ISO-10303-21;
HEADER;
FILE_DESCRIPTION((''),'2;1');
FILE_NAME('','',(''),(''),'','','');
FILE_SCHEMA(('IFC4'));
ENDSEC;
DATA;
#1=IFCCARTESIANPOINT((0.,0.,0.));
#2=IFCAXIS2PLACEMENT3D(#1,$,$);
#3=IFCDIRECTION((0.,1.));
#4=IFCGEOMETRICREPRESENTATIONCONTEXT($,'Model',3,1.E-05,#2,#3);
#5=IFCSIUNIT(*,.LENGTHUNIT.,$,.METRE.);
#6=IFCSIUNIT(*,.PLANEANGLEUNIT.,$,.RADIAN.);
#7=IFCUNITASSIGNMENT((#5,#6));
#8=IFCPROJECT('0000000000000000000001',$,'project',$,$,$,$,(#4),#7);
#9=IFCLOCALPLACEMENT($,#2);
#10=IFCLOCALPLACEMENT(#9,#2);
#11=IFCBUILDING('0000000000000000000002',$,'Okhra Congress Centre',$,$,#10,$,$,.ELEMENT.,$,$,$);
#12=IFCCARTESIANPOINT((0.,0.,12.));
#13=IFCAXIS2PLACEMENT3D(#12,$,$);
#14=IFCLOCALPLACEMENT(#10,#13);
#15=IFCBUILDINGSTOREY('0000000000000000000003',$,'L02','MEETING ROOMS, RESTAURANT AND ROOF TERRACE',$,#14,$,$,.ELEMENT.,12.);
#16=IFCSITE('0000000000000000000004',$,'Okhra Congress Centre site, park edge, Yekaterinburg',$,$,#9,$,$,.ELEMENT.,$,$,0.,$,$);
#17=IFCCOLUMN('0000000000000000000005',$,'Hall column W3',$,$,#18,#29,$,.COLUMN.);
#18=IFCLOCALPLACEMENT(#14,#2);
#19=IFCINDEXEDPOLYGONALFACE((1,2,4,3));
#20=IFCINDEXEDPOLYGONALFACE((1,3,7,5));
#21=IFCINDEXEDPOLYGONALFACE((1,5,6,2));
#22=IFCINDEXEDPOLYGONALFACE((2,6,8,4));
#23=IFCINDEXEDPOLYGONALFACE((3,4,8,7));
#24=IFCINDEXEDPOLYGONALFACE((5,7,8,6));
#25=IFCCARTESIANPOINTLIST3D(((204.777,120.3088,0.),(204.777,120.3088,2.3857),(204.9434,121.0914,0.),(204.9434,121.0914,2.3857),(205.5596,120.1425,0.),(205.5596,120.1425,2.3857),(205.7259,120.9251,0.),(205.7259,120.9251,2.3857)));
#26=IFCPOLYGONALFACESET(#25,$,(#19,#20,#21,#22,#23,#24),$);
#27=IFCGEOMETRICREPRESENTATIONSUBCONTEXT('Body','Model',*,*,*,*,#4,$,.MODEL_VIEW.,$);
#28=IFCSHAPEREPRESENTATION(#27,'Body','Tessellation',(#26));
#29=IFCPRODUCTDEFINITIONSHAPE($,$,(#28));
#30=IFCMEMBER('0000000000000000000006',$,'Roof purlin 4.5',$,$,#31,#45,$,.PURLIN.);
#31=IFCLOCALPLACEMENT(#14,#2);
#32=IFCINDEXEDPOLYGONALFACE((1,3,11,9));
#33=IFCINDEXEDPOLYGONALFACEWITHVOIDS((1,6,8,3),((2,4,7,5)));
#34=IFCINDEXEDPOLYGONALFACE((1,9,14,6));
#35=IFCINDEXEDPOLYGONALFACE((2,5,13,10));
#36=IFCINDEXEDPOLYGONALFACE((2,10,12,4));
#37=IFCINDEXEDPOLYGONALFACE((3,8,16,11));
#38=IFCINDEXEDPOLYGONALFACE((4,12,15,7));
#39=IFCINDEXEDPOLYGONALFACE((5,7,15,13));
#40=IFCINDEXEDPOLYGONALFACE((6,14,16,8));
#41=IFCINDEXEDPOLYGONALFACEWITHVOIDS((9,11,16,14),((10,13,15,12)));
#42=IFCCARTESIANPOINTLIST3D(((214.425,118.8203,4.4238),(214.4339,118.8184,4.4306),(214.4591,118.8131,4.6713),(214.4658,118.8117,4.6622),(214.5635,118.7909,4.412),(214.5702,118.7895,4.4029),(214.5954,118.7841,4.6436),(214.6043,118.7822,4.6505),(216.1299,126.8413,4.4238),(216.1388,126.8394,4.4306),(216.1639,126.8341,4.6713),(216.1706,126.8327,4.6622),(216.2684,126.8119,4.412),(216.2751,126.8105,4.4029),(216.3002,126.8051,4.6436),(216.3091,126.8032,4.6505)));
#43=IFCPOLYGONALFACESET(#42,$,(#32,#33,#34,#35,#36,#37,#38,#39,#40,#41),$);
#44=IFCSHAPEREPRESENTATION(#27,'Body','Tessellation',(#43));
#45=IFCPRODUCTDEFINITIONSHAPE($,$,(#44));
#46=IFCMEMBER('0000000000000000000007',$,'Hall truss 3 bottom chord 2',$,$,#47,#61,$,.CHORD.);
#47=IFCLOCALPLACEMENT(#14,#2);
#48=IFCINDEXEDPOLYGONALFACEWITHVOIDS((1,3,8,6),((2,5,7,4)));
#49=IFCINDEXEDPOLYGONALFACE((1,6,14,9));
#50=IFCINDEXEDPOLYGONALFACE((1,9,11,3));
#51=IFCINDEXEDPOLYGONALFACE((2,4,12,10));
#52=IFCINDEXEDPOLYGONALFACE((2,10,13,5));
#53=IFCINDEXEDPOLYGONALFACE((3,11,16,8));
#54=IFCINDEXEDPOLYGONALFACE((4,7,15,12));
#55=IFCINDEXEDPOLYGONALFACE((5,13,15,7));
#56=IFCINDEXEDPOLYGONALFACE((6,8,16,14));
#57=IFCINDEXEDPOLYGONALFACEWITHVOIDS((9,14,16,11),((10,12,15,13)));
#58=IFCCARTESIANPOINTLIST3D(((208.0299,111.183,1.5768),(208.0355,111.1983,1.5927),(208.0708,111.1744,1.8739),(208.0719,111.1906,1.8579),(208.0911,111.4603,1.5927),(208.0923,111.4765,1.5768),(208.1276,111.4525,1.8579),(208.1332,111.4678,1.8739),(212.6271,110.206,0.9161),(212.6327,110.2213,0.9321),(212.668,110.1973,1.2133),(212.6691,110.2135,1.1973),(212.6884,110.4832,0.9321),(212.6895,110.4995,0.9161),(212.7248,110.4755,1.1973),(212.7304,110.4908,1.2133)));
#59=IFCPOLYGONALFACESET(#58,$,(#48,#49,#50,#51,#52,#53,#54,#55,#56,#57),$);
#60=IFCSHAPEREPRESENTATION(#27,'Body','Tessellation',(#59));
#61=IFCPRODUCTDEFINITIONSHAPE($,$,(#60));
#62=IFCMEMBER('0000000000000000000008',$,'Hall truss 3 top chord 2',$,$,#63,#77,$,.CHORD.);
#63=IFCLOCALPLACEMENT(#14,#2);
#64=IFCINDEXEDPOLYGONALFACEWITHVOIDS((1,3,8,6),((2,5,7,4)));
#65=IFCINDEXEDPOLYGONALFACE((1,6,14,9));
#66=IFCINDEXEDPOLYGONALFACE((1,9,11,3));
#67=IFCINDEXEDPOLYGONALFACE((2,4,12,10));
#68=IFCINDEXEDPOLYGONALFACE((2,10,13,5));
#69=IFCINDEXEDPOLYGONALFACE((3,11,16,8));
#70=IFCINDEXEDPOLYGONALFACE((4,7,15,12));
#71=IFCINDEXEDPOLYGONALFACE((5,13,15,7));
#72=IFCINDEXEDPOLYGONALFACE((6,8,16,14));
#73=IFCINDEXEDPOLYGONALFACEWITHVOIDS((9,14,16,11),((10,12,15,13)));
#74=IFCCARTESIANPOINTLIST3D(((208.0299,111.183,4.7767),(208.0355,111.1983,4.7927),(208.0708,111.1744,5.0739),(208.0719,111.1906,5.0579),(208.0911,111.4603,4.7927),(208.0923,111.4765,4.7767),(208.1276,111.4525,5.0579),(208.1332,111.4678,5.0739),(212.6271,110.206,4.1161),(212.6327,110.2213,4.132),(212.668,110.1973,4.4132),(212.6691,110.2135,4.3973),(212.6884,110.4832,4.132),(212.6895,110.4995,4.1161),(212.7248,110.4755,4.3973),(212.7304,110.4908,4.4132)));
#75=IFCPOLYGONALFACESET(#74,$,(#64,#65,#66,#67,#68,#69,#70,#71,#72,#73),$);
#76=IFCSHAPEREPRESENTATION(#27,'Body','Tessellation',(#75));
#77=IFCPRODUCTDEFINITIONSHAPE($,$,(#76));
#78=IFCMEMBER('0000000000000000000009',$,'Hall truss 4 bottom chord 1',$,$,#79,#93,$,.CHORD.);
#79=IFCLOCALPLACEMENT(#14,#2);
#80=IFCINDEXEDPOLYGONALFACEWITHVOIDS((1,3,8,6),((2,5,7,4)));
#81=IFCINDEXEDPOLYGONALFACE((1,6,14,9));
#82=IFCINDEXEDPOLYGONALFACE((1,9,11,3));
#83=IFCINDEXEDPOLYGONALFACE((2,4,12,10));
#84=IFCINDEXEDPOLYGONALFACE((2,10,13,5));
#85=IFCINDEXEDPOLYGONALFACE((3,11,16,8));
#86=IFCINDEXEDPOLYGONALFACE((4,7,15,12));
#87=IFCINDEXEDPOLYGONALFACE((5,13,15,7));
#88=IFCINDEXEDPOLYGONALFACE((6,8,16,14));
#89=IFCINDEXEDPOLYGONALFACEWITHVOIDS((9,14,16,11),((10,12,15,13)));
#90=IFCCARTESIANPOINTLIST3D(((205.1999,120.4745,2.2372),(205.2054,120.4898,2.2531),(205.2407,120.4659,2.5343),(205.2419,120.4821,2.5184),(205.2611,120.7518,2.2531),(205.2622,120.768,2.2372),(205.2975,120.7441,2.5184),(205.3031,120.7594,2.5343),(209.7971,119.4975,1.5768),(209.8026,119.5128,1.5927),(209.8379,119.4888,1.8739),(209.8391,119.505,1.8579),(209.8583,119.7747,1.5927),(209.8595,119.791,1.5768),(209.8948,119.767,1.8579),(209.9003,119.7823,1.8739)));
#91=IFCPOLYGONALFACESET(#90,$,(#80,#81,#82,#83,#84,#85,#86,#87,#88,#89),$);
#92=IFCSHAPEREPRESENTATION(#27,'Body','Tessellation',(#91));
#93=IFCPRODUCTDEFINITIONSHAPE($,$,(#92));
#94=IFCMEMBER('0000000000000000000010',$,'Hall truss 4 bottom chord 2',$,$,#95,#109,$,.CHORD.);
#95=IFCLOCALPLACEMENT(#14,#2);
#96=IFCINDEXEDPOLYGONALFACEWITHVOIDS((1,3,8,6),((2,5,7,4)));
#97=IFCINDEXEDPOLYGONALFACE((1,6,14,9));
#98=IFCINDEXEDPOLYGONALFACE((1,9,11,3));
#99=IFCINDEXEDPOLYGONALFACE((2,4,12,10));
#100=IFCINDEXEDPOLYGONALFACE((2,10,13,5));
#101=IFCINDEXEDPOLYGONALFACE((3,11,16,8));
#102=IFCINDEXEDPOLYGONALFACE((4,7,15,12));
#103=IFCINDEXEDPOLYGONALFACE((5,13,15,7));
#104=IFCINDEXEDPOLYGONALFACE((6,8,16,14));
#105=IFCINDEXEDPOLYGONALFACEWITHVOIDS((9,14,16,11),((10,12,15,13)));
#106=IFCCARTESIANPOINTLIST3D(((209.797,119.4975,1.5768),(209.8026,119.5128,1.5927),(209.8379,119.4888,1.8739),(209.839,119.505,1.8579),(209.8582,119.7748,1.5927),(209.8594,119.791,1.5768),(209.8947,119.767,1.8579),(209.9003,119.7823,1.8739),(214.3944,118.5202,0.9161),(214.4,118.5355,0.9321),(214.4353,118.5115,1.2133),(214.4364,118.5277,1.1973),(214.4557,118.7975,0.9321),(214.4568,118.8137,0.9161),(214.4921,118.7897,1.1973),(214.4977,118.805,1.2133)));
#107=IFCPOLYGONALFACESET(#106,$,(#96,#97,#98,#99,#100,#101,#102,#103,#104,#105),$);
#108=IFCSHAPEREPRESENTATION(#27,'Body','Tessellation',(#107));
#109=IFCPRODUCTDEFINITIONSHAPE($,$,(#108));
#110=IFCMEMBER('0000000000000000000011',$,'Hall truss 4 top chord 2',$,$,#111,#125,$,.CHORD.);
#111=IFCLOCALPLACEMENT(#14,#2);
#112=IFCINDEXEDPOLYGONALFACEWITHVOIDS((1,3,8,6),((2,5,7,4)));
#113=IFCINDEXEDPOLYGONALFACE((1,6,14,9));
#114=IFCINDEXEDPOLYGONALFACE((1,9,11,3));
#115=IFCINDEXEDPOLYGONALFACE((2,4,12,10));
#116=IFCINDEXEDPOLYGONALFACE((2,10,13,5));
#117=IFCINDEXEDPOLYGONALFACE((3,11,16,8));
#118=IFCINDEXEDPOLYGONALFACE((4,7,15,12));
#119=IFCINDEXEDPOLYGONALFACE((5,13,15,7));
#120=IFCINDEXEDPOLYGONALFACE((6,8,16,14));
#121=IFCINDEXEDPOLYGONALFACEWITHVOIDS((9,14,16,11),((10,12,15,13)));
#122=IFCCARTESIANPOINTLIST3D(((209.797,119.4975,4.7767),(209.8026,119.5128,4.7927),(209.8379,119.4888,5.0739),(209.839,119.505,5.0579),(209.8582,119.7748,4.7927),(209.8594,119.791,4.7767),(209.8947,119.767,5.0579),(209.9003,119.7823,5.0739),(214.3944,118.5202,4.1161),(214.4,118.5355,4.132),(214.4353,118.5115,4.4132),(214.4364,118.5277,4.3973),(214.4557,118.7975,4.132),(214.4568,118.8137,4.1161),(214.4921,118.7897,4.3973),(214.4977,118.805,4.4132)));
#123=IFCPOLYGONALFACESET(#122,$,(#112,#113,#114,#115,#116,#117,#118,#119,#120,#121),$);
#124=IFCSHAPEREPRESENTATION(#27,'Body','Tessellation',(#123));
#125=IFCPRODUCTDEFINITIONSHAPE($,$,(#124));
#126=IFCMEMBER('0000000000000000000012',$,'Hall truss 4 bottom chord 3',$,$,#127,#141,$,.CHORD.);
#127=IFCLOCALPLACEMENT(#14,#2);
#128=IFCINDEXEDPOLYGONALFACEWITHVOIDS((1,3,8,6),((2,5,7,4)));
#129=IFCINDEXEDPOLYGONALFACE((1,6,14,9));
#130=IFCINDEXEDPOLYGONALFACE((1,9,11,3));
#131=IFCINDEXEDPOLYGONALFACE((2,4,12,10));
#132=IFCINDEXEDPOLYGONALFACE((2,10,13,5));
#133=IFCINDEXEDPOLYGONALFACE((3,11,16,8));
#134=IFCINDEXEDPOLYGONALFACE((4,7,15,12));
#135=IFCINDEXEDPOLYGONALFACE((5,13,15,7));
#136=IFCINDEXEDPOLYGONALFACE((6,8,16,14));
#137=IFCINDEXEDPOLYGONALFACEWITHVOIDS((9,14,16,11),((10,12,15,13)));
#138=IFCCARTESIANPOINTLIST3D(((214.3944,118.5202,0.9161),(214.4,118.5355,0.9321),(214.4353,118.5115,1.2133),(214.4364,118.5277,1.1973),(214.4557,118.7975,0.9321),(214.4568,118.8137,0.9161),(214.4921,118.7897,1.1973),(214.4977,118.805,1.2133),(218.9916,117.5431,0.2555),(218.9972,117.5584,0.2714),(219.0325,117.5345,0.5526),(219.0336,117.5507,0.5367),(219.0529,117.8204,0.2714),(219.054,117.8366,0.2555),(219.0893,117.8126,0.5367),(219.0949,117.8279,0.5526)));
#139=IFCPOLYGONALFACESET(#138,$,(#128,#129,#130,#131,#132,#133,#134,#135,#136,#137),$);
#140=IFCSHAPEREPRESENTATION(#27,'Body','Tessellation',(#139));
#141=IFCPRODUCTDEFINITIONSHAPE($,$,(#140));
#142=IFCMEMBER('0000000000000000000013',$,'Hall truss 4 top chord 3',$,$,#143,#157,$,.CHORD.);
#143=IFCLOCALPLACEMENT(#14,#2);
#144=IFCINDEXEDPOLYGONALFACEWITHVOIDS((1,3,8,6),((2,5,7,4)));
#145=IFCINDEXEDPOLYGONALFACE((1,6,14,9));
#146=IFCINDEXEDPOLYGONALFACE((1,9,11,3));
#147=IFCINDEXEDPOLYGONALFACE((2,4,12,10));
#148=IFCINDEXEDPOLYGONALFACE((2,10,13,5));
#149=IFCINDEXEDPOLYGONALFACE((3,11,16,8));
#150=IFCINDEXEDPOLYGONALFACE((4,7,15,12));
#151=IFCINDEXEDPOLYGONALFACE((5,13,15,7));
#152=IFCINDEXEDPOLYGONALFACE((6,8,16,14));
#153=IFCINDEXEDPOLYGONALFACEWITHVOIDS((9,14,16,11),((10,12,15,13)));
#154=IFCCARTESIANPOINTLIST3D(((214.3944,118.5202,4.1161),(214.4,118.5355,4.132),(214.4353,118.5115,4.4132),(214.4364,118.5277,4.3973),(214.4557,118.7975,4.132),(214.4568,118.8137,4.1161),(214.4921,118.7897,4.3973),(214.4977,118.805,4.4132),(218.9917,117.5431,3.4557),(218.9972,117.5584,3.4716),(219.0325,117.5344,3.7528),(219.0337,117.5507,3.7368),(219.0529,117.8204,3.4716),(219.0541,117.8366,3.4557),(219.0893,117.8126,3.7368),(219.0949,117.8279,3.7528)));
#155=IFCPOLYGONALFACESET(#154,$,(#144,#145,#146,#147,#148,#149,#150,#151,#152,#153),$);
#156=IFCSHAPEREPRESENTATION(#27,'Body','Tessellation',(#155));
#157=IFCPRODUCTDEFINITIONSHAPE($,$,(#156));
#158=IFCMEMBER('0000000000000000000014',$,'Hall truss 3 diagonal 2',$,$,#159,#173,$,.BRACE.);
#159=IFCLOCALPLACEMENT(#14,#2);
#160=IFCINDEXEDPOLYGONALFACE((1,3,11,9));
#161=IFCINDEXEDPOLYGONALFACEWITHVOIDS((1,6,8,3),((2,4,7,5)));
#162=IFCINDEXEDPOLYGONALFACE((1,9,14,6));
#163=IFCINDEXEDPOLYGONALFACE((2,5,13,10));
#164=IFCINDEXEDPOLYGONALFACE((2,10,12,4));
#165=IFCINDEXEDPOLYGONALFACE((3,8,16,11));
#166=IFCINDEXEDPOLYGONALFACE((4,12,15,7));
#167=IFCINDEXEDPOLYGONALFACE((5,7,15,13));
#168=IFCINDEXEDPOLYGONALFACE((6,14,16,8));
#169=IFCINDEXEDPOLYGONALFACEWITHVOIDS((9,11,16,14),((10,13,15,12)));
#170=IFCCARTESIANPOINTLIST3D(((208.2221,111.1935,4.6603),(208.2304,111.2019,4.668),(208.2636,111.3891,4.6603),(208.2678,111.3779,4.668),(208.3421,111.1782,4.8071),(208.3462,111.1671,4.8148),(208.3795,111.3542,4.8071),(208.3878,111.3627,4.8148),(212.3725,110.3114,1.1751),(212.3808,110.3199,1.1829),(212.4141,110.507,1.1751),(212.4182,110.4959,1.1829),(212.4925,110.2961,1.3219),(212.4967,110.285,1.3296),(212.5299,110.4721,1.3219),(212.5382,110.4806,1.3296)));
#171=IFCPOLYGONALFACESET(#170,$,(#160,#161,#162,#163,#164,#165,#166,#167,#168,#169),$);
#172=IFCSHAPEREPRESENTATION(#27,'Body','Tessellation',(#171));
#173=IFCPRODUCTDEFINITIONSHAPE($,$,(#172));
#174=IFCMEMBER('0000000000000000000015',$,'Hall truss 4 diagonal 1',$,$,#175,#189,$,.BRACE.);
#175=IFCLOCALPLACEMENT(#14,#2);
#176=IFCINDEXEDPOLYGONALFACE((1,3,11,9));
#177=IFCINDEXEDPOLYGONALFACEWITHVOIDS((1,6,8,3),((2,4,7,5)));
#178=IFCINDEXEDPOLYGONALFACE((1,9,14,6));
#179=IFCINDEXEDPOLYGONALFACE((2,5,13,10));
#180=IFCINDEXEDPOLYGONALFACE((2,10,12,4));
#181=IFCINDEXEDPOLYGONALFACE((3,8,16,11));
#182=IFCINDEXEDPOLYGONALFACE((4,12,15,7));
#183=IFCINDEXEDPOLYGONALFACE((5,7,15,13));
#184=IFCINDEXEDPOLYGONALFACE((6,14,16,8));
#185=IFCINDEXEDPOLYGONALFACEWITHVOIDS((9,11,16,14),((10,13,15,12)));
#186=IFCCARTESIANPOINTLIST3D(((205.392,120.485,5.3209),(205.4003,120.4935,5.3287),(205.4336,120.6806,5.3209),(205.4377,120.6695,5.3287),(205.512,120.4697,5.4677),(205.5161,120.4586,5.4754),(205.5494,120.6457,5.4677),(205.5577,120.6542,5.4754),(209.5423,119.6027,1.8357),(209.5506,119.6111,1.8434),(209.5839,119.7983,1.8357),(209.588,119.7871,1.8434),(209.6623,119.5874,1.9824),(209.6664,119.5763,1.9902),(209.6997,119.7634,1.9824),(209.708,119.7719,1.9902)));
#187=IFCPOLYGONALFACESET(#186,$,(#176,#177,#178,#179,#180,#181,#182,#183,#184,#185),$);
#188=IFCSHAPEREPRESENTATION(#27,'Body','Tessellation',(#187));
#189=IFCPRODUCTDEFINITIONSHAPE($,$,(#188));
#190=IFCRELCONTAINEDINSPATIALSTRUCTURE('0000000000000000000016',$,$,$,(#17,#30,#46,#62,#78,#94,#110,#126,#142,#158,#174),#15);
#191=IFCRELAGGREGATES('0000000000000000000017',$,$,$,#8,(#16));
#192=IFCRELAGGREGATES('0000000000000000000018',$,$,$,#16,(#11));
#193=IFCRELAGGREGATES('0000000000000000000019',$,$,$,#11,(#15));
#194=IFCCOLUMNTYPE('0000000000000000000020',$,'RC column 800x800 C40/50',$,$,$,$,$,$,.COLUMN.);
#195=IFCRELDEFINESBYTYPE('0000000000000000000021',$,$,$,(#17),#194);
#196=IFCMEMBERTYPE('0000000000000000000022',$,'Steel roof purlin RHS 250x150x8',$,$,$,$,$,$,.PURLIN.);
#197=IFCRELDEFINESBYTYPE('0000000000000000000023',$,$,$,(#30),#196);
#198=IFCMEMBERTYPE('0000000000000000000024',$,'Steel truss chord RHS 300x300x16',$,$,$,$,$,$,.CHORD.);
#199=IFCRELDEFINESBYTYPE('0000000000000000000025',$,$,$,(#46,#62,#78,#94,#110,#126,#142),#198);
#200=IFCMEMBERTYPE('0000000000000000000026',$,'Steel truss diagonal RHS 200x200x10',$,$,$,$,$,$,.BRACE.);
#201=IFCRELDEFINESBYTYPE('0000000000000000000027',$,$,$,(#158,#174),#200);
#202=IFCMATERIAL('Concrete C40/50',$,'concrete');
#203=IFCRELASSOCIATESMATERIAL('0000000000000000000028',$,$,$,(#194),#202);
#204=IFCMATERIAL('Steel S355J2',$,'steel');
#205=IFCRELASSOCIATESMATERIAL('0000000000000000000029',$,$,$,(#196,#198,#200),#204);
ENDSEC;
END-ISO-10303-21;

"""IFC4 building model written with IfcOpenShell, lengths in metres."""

from ifc_helpers import new_model, si_unit, direction, frame, origin, origin_2d, place, context, subcontext, project, spatial, rectangle, hollow_rectangle, extrude, material, material_profile, profile_set, type_object, element, save


model = new_model("IFC4")

# Units and contexts
model_context = context("Model", 3, precision=1e-05, world=origin(), true_north=direction((0.0, 1.0)))
body_context = subcontext(model_context, "Body", "Model", "MODEL_VIEW")
ifc_project = project(units=[si_unit("LENGTHUNIT", "METRE"), si_unit("PLANEANGLEUNIT", "RADIAN")], contexts=[model_context])

# Site, building, storey
site_placement = place(None, origin())
site = spatial("IfcSite", under=ifc_project, at=site_placement, Name="Okhra Congress Centre site, park edge, Yekaterinburg", CompositionType="ELEMENT", RefElevation=0.0)
building_placement = place(site_placement, origin())
building = spatial("IfcBuilding", under=site, at=building_placement, Name="Okhra Congress Centre", CompositionType="ELEMENT")
storey_placement = place(building_placement, frame((0.0, 0.0, 12.0)))
storey = spatial("IfcBuildingStorey", under=building, at=storey_placement, Name="L02", Description="MEETING ROOMS, RESTAURANT AND ROOF TERRACE", CompositionType="ELEMENT", Elevation=12.0)

# Column
ifc_material_1 = material(Name="Concrete C40/50", Category="concrete")
ifc_material_profile_1 = material_profile(ifc_material_1, rectangle(XDim=0.8, YDim=0.8, at=origin_2d()), Name="RC 800x800")
ifc_profile_set_1 = profile_set([ifc_material_profile_1], Name="Concrete C40/50")
column_type = type_object("IfcColumnType", Name="RC column 800x800 C40/50", PredefinedType="COLUMN", material=ifc_profile_set_1)
column_placement = place(storey_placement, frame((205.2515, 120.6169, 0.0), z_axis=(0.0, 0.0, 1.0), x_axis=(0.978148, -0.207912, 0.0)))
element("IfcColumn", 1, at=column_placement, inside=storey, type_object=column_type, Name="Hall column W3", PredefinedType="COLUMN", context=body_context, shape_type="SweptSolid", body=[
    extrude(rectangle(XDim=0.8, YDim=0.8, at=origin_2d()), origin(), (0.0, 0.0, 1.0), 2.3857),
])

# Members
ifc_material_2 = material(Name="Steel S355J2", Category="steel")
ifc_material_profile_2 = material_profile(ifc_material_2, hollow_rectangle(XDim=0.1499, YDim=0.25, WallThickness=0.0081, at=origin_2d()), Name="RHS 250x150x8")
ifc_profile_set_2 = profile_set([ifc_material_profile_2], Name="Steel S355J2")
member_type_1 = type_object("IfcMemberType", Name="Steel roof purlin RHS 250x150x8", PredefinedType="PURLIN", material=ifc_profile_set_2)
member_1_placement = place(storey_placement, frame((214.5146, 118.8013, 4.5371), z_axis=(0.207902, 0.97815, 0.0), x_axis=(-0.96863, 0.205879, 0.139173)))
element("IfcMember", 2, at=member_1_placement, inside=storey, type_object=member_type_1, Name="Roof purlin 4.5", PredefinedType="PURLIN", context=body_context, shape_type="SweptSolid", body=[
    extrude(hollow_rectangle(XDim=0.1499, YDim=0.25, WallThickness=0.0081, at=origin_2d()), origin(), (0.0, 0.0, 1.0), 8.2002),
])
ifc_material_profile_3 = material_profile(ifc_material_2, hollow_rectangle(XDim=0.3, YDim=0.3, WallThickness=0.0161, at=origin_2d()), Name="RHS 300x300x16")
ifc_profile_set_3 = profile_set([ifc_material_profile_3], Name="Steel S355J2")
member_type_2 = type_object("IfcMemberType", Name="Steel truss chord RHS 300x300x16", PredefinedType="CHORD", material=ifc_profile_set_3)
for number, where, z_axis, x_axis, name in (
    (3, (208.0815, 111.3254, 1.7253), (0.968629, -0.205866, -0.139199), (0.20789, 0.978152, 0.0), "Hall truss 3 bottom chord 2"),
    (4, (208.0815, 111.3254, 4.9253), (0.968629, -0.205866, -0.139199), (0.20789, 0.978152, 0.0), "Hall truss 3 top chord 2"),
    (5, (205.2515, 120.6169, 2.3857), (0.968636, -0.205867, -0.139148), (0.20789, 0.978152, 0.0), "Hall truss 4 bottom chord 1"),
):
    element("IfcMember", number, at=place(storey_placement, frame(where, z_axis=z_axis, x_axis=x_axis)), inside=storey, type_object=member_type_2, Name=name, PredefinedType="CHORD", context=body_context, shape_type="SweptSolid", body=[
        extrude(hollow_rectangle(XDim=0.3, YDim=0.3, WallThickness=0.0161, at=origin_2d()), origin(), (0.0, 0.0, 1.0), 4.7461),
    ])
for number, where, z_axis, x_axis, name in (
    (6, (209.8486, 119.6399, 1.7253), (0.968622, -0.205905, -0.13919), (0.207929, 0.978144, 0.0), "Hall truss 4 bottom chord 2"),
    (7, (209.8486, 119.6399, 4.9253), (0.968622, -0.205905, -0.13919), (0.207929, 0.978144, 0.0), "Hall truss 4 top chord 2"),
):
    element("IfcMember", number, at=place(storey_placement, frame(where, z_axis=z_axis, x_axis=x_axis)), inside=storey, type_object=member_type_2, Name=name, PredefinedType="CHORD", context=body_context, shape_type="SweptSolid", body=[
        extrude(hollow_rectangle(XDim=0.3, YDim=0.3, WallThickness=0.0161, at=origin_2d()), origin(), (0.0, 0.0, 1.0), 4.7463),
    ])
for number, where, z_axis, x_axis, name in (
    (8, (214.446, 118.6626, 1.0647), (0.968629, -0.205866, -0.139199), (0.20789, 0.978152, 0.0), "Hall truss 4 bottom chord 3"),
    (9, (214.446, 118.6626, 4.2646), (0.968636, -0.205867, -0.139148), (0.20789, 0.978152, 0.0), "Hall truss 4 top chord 3"),
):
    element("IfcMember", number, at=place(storey_placement, frame(where, z_axis=z_axis, x_axis=x_axis)), inside=storey, type_object=member_type_2, Name=name, PredefinedType="CHORD", context=body_context, shape_type="SweptSolid", body=[
        extrude(hollow_rectangle(XDim=0.3, YDim=0.3, WallThickness=0.0161, at=origin_2d()), origin(), (0.0, 0.0, 1.0), 4.7461),
    ])
ifc_material_profile_4 = material_profile(ifc_material_2, hollow_rectangle(XDim=0.2, YDim=0.2, WallThickness=0.01, at=origin_2d()), Name="RHS 200x200x10 diagonal")
ifc_profile_set_4 = profile_set([ifc_material_profile_4], Name="Steel S355J2")
member_type_3 = type_object("IfcMemberType", Name="Steel truss diagonal RHS 200x200x10", PredefinedType="BRACE", material=ifc_profile_set_4)
for number, where, z_axis, x_axis, name in (
    (10, (208.3049, 111.2781, 4.7375), (0.75587, -0.160645, -0.634708), (0.207886, 0.978153, 0.0), "Hall truss 3 diagonal 2"),
    (11, (205.4749, 120.5696, 5.3982), (0.755843, -0.160683, -0.63473), (0.207941, 0.978141, 0.0), "Hall truss 4 diagonal 1"),
):
    element("IfcMember", number, at=place(storey_placement, frame(where, z_axis=z_axis, x_axis=x_axis)), inside=storey, type_object=member_type_3, Name=name, PredefinedType="BRACE", context=body_context, shape_type="SweptSolid", body=[
        extrude(hollow_rectangle(XDim=0.2, YDim=0.2, WallThickness=0.01, at=origin_2d()), origin(), (0.0, 0.0, 1.0), 5.491),
    ])

save(model, "model.ifc")
